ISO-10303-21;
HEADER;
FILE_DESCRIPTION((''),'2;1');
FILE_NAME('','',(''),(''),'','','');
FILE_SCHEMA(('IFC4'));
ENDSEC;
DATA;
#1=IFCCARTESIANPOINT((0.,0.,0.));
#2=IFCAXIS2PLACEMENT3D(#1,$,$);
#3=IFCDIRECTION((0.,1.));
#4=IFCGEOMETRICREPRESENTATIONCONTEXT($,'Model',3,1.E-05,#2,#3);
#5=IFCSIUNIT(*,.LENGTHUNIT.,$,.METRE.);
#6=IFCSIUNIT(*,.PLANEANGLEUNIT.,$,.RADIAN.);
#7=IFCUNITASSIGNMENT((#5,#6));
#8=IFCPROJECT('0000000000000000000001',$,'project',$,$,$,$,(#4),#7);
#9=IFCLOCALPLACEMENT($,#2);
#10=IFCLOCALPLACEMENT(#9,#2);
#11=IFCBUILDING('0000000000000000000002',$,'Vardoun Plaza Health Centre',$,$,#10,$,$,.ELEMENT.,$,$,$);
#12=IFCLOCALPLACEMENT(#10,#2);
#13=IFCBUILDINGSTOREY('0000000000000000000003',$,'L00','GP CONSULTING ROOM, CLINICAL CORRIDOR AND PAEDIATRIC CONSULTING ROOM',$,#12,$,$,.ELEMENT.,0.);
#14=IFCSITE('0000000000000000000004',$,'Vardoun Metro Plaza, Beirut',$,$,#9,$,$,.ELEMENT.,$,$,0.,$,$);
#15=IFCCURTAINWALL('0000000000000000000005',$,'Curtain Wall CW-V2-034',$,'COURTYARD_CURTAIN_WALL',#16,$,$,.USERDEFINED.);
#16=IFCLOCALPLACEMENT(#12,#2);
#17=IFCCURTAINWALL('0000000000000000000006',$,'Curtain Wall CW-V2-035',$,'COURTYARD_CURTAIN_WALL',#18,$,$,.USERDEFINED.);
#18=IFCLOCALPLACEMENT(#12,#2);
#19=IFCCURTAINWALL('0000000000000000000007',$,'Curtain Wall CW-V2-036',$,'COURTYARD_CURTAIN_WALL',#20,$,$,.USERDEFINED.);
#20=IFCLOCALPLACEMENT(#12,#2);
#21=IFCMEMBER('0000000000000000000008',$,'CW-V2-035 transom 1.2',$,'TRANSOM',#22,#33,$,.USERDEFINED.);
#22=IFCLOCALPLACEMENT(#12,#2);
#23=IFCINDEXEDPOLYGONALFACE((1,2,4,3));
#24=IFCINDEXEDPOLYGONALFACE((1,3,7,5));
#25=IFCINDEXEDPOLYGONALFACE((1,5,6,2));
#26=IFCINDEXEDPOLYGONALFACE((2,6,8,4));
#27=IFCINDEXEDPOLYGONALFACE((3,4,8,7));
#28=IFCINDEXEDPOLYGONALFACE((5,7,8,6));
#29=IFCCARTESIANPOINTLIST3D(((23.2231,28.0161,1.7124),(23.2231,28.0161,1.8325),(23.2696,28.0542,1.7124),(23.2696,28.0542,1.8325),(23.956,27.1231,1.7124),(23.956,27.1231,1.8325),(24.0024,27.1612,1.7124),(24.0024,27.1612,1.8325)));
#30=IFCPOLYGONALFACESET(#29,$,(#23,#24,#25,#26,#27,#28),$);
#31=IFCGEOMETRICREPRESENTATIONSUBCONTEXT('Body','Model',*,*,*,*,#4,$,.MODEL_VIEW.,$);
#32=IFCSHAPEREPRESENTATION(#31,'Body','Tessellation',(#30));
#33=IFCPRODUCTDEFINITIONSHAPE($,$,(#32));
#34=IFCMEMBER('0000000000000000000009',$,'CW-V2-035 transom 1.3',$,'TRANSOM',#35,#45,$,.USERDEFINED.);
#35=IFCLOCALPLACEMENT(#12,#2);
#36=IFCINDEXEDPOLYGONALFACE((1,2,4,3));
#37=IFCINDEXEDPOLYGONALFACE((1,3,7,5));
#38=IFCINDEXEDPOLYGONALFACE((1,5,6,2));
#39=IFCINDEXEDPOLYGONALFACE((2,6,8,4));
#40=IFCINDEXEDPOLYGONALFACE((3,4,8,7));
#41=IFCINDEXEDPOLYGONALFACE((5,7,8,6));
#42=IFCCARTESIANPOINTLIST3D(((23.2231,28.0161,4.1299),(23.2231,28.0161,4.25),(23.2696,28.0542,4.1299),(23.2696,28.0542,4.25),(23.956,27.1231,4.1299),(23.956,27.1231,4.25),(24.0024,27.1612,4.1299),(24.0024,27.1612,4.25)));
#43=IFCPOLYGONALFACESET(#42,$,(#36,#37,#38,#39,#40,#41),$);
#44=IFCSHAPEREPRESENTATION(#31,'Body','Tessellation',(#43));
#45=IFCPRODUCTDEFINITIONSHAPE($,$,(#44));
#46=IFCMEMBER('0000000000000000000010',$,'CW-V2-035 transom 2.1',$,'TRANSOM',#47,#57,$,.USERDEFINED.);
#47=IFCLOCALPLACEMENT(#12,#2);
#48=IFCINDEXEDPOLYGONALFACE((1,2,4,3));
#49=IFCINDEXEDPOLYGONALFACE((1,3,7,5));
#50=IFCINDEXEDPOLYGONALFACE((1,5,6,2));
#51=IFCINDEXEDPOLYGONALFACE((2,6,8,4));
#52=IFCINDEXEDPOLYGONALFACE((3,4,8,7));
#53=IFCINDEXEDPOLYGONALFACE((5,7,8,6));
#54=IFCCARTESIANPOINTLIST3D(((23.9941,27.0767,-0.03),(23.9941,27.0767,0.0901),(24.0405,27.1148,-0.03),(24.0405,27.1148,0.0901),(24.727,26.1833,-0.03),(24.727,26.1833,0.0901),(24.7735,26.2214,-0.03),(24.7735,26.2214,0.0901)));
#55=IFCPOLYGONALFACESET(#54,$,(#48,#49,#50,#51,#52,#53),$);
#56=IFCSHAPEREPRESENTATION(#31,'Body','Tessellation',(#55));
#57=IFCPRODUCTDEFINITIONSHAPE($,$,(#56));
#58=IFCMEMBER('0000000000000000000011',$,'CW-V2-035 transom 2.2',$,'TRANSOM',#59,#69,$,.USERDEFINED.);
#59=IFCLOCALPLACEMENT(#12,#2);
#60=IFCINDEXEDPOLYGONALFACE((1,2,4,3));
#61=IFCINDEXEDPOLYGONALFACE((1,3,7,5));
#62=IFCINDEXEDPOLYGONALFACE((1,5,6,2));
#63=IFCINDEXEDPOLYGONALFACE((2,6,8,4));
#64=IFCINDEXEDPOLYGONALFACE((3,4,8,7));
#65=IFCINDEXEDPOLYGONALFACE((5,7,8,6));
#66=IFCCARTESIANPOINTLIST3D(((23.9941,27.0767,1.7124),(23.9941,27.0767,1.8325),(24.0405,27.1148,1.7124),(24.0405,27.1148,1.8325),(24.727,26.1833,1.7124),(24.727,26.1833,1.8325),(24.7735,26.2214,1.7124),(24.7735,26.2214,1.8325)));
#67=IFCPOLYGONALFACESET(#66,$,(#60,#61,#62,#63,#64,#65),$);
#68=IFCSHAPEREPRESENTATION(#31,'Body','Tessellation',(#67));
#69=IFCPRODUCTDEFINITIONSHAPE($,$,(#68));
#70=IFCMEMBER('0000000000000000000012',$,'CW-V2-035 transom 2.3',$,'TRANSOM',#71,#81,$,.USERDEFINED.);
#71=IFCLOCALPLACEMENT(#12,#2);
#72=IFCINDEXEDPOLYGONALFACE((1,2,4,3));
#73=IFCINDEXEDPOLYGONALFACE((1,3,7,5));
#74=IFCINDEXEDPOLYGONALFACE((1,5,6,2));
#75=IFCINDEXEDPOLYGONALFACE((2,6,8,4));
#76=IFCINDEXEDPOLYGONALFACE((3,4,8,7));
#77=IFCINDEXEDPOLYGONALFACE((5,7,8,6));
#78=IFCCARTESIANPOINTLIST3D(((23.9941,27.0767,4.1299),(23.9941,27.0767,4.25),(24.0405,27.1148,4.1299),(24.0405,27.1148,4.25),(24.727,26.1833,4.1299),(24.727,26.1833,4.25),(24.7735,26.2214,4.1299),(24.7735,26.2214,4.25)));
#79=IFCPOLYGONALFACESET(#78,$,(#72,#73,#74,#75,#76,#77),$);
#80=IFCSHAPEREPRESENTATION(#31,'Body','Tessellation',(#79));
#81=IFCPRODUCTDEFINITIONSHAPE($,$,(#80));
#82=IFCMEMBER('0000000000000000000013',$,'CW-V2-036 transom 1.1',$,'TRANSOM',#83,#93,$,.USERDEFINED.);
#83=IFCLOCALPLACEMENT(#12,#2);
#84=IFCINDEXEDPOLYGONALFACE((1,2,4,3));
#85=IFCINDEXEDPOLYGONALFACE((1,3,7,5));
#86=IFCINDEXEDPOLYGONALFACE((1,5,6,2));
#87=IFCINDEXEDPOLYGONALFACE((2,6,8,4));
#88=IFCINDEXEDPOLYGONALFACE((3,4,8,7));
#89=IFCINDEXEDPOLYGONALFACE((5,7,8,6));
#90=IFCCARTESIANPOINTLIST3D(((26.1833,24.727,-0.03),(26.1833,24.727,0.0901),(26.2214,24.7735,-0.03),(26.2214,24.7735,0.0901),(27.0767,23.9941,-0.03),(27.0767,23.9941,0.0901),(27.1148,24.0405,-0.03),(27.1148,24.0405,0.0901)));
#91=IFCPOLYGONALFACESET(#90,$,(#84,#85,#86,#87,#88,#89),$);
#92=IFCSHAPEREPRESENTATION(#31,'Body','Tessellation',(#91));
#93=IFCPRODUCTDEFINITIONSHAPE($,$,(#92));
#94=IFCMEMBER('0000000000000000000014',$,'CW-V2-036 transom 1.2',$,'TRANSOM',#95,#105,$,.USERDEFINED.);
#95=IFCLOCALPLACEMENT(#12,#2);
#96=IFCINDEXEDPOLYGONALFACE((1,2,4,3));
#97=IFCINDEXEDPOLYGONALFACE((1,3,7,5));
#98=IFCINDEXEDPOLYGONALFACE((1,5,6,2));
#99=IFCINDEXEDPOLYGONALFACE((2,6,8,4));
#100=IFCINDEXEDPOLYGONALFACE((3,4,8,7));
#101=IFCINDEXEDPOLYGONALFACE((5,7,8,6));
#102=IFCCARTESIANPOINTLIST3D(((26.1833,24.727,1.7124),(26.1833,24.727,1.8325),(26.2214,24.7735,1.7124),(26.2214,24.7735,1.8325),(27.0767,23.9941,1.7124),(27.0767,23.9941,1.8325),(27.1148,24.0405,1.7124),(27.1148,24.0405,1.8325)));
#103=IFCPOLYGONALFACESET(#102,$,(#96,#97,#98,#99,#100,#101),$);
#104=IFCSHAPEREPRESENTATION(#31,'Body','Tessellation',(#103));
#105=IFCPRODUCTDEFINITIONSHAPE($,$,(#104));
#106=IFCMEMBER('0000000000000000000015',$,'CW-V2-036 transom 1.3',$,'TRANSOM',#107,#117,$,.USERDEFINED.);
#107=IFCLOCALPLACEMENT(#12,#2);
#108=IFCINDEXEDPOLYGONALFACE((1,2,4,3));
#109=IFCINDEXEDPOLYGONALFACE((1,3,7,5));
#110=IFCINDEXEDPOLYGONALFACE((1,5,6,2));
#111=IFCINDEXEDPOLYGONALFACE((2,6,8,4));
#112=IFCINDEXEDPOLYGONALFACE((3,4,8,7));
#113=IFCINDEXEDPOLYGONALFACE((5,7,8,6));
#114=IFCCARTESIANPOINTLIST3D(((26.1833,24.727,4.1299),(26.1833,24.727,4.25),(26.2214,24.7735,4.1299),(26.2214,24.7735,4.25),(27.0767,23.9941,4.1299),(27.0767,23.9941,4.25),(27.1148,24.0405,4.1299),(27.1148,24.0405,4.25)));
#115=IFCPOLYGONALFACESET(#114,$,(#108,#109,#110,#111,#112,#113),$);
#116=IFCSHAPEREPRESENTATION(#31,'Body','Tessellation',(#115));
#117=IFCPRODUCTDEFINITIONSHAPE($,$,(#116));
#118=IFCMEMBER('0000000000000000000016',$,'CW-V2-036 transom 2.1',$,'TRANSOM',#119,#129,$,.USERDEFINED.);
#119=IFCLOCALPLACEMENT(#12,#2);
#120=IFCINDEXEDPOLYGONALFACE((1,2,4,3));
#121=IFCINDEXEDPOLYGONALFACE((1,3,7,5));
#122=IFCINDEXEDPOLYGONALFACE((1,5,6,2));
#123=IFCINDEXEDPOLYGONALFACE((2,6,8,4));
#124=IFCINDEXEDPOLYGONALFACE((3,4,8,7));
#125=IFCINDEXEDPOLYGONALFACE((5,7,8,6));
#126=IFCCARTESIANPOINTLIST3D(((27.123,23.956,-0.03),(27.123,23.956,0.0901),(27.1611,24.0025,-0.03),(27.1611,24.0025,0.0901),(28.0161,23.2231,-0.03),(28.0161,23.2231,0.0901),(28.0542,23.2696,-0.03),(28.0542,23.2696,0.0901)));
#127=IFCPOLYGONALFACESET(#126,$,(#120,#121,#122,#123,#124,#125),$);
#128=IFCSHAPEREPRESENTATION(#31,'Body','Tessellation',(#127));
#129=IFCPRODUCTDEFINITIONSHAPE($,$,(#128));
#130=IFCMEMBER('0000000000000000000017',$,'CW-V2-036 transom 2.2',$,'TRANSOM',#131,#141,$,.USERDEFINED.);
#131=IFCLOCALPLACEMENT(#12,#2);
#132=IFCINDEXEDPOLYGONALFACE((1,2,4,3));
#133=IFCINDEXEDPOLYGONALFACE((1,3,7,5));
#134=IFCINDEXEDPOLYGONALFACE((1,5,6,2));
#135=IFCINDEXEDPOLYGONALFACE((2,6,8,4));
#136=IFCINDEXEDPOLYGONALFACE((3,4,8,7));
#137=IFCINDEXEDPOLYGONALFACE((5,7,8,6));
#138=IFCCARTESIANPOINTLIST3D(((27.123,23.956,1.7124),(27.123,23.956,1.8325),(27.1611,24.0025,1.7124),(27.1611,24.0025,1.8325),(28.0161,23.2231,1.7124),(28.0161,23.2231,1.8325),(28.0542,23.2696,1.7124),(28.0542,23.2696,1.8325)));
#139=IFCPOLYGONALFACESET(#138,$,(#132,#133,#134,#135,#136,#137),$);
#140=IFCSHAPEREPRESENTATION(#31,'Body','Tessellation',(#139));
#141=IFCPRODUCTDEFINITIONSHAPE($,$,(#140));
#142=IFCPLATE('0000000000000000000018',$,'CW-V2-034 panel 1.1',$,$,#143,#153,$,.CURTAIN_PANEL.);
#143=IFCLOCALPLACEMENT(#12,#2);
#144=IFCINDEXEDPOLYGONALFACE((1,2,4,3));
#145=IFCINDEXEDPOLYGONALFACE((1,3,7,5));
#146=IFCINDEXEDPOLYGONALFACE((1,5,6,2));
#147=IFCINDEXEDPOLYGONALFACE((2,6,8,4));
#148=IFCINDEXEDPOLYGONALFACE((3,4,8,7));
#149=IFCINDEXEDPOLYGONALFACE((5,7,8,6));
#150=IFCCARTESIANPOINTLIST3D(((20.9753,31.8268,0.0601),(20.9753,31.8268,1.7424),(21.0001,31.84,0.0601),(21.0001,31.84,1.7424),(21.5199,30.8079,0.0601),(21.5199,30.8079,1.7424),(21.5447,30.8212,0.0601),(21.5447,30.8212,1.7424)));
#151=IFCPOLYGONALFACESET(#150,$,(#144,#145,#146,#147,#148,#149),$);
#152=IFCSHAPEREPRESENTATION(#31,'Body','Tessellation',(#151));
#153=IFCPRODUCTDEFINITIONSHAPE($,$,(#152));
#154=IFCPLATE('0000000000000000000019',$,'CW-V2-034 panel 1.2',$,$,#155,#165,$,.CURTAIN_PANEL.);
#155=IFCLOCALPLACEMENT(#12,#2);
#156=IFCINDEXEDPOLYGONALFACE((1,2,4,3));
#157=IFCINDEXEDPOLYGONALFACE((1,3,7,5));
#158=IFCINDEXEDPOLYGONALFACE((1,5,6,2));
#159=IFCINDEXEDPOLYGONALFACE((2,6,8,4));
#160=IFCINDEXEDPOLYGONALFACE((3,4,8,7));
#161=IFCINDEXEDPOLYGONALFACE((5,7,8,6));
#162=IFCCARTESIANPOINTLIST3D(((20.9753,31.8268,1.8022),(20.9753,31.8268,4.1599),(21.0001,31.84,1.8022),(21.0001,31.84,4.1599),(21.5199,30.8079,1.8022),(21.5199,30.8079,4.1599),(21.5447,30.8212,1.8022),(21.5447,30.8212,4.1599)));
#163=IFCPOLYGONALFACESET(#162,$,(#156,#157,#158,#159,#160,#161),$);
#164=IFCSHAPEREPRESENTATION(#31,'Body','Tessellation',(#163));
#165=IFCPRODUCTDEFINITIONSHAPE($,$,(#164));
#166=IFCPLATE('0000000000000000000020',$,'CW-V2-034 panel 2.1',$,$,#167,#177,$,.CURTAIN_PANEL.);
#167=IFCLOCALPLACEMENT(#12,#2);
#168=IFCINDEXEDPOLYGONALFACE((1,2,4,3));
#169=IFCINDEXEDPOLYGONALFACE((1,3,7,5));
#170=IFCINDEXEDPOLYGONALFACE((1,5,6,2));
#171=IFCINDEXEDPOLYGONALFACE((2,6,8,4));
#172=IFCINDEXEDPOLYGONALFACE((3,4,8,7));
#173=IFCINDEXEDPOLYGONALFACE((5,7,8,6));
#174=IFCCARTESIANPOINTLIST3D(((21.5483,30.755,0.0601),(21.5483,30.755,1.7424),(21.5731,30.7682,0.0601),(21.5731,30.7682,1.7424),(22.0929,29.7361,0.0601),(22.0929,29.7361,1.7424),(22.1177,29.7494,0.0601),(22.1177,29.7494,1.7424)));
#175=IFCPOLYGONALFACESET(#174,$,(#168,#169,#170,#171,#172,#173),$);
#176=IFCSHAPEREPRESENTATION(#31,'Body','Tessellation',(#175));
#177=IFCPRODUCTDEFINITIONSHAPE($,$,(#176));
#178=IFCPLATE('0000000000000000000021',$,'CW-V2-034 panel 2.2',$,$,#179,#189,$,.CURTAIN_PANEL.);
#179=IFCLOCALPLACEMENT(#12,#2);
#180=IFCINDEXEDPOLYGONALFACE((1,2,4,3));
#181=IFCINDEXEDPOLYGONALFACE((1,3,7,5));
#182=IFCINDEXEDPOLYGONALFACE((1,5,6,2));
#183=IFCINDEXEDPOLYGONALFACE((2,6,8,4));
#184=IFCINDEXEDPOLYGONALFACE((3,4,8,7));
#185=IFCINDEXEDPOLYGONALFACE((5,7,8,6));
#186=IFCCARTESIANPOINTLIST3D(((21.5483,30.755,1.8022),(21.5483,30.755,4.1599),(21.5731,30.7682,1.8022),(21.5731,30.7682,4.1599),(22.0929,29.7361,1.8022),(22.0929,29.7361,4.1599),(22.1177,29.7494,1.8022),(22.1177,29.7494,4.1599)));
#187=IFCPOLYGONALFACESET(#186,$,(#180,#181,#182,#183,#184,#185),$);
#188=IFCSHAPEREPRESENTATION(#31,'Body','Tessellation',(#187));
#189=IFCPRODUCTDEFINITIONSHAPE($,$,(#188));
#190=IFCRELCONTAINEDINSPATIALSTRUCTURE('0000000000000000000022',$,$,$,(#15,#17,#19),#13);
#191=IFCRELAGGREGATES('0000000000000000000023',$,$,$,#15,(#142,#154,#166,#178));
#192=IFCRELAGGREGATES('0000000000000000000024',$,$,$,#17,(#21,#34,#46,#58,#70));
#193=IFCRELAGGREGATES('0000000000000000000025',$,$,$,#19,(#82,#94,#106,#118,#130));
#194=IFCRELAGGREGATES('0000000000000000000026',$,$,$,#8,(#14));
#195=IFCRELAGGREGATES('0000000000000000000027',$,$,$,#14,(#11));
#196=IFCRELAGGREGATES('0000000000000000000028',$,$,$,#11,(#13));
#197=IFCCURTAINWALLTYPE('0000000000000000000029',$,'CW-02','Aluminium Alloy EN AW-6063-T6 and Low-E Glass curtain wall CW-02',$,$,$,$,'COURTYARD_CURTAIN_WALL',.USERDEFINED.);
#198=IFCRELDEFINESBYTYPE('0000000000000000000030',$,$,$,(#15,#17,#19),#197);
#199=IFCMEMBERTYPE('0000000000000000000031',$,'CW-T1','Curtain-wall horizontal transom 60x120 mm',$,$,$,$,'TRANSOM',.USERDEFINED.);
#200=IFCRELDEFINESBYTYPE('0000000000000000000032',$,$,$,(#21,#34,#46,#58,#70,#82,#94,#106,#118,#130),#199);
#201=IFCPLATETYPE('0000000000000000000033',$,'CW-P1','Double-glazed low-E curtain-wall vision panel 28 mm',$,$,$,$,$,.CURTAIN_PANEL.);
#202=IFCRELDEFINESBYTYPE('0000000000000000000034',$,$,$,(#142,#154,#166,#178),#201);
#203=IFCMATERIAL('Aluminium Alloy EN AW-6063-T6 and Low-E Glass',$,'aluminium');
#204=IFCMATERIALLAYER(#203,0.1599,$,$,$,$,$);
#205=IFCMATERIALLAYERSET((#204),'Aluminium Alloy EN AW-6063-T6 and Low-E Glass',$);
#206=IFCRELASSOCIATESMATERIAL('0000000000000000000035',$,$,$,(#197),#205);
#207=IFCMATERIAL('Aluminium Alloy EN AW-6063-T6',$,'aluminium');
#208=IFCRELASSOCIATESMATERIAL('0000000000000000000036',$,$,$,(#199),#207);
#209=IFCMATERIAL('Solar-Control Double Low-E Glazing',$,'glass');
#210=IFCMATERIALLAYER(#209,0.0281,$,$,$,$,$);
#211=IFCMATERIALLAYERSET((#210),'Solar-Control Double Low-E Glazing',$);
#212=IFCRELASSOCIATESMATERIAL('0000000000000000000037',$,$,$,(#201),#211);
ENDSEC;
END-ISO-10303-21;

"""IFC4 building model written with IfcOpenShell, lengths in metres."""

from ifc_helpers import new_model, si_unit, direction, frame, origin, origin_2d, place, context, subcontext, project, spatial, rectangle, extrude, material, layer, layer_set, material_profile, profile_set, type_object, element, aggregate, save


model = new_model("IFC4")

# Units and contexts
model_context = context("Model", 3, precision=1e-05, world=origin(), true_north=direction((0.0, 1.0)))
body_context = subcontext(model_context, "Body", "Model", "MODEL_VIEW")
ifc_project = project(units=[si_unit("LENGTHUNIT", "METRE"), si_unit("PLANEANGLEUNIT", "RADIAN")], contexts=[model_context])

# Site, building, storey
site_placement = place(None, origin())
site = spatial("IfcSite", under=ifc_project, at=site_placement, Name="Vardoun Metro Plaza, Beirut", CompositionType="ELEMENT", RefElevation=0.0)
building_placement = place(site_placement, origin())
building = spatial("IfcBuilding", under=site, at=building_placement, Name="Vardoun Plaza Health Centre", CompositionType="ELEMENT")
storey_placement = place(building_placement, origin())
storey = spatial("IfcBuildingStorey", under=building, at=storey_placement, Name="L00", Description="GP CONSULTING ROOM, CLINICAL CORRIDOR AND PAEDIATRIC CONSULTING ROOM", CompositionType="ELEMENT", Elevation=0.0)

# Curtain walls
ifc_material_1 = material(Name="Aluminium Alloy EN AW-6063-T6 and Low-E Glass", Category="aluminium")
ifc_layer_1 = layer(ifc_material_1, 0.1599)
ifc_layer_set_1 = layer_set([ifc_layer_1], Name="Aluminium Alloy EN AW-6063-T6 and Low-E Glass")
curtain_wall_type = type_object("IfcCurtainWallType", Name="CW-02", Description="Aluminium Alloy EN AW-6063-T6 and Low-E Glass curtain wall CW-02", ElementType="COURTYARD_CURTAIN_WALL", PredefinedType="USERDEFINED", material=ifc_layer_set_1)
curtain_wall_1_placement = place(storey_placement, origin())
curtain_wall_1 = element("IfcCurtainWall", 1, at=curtain_wall_1_placement, inside=storey, type_object=curtain_wall_type, Name="Curtain Wall CW-V2-034", ObjectType="COURTYARD_CURTAIN_WALL", PredefinedType="USERDEFINED")
curtain_wall_2_placement = place(storey_placement, origin())
curtain_wall_2 = element("IfcCurtainWall", 2, at=curtain_wall_2_placement, inside=storey, type_object=curtain_wall_type, Name="Curtain Wall CW-V2-035", ObjectType="COURTYARD_CURTAIN_WALL", PredefinedType="USERDEFINED")
curtain_wall_3_placement = place(storey_placement, origin())
curtain_wall_3 = element("IfcCurtainWall", 3, at=curtain_wall_3_placement, inside=storey, type_object=curtain_wall_type, Name="Curtain Wall CW-V2-036", ObjectType="COURTYARD_CURTAIN_WALL", PredefinedType="USERDEFINED")

# Members
ifc_material_2 = material(Name="Aluminium Alloy EN AW-6063-T6", Category="aluminium")
ifc_material_profile_1 = material_profile(ifc_material_2, rectangle(XDim=0.0601, YDim=0.1201, at=origin_2d()), Name="CWT 60x120")
ifc_profile_set_1 = profile_set([ifc_material_profile_1], Name="Aluminium Alloy EN AW-6063-T6")
member_type_1 = type_object("IfcMemberType", Name="CW-T1", Description="Curtain-wall horizontal transom 60x120 mm", ElementType="TRANSOM", PredefinedType="USERDEFINED", material=ifc_profile_set_1)
member_1_placement = place(storey_placement, frame((23.2463, 28.0352, 1.7725), z_axis=(0.634388, -0.773015, 0.0), x_axis=(0.773015, 0.634388, 0.0)))
member_1 = element("IfcMember", 4, at=member_1_placement, type_object=member_type_1, Name="CW-V2-035 transom 1.2", ObjectType="TRANSOM", PredefinedType="USERDEFINED", context=body_context, shape_type="SweptSolid", body=[
    extrude(rectangle(XDim=0.0601, YDim=0.1201, at=origin_2d()), origin(), (0.0, 0.0, 1.0), 1.1553),
])
member_2_placement = place(storey_placement, frame((23.2463, 28.0352, 4.1899), z_axis=(0.634388, -0.773015, 0.0), x_axis=(0.773015, 0.634388, 0.0)))
member_2 = element("IfcMember", 5, at=member_2_placement, type_object=member_type_1, Name="CW-V2-035 transom 1.3", ObjectType="TRANSOM", PredefinedType="USERDEFINED", context=body_context, shape_type="SweptSolid", body=[
    extrude(rectangle(XDim=0.0601, YDim=0.1201, at=origin_2d()), origin(), (0.0, 0.0, 1.0), 1.1553),
])
member_3_placement = place(storey_placement, frame((24.0173, 27.0957, 0.03), z_axis=(0.634284, -0.7731, 0.0), x_axis=(0.7731, 0.634284, 0.0)))
member_3 = element("IfcMember", 6, at=member_3_placement, type_object=member_type_1, Name="CW-V2-035 transom 2.1", ObjectType="TRANSOM", PredefinedType="USERDEFINED", context=body_context, shape_type="SweptSolid", body=[
    extrude(rectangle(XDim=0.0601, YDim=0.1201, at=origin_2d()), origin(), (0.0, 0.0, 1.0), 1.1555),
])
member_4_placement = place(storey_placement, frame((24.0173, 27.0957, 1.7725), z_axis=(0.634284, -0.7731, 0.0), x_axis=(0.7731, 0.634284, 0.0)))
member_4 = element("IfcMember", 7, at=member_4_placement, type_object=member_type_1, Name="CW-V2-035 transom 2.2", ObjectType="TRANSOM", PredefinedType="USERDEFINED", context=body_context, shape_type="SweptSolid", body=[
    extrude(rectangle(XDim=0.0601, YDim=0.1201, at=origin_2d()), origin(), (0.0, 0.0, 1.0), 1.1555),
])
member_5_placement = place(storey_placement, frame((24.0173, 27.0957, 4.1899), z_axis=(0.634284, -0.7731, 0.0), x_axis=(0.7731, 0.634284, 0.0)))
member_5 = element("IfcMember", 8, at=member_5_placement, type_object=member_type_1, Name="CW-V2-035 transom 2.3", ObjectType="TRANSOM", PredefinedType="USERDEFINED", context=body_context, shape_type="SweptSolid", body=[
    extrude(rectangle(XDim=0.0601, YDim=0.1201, at=origin_2d()), origin(), (0.0, 0.0, 1.0), 1.1555),
])
member_6_placement = place(storey_placement, frame((26.2024, 24.7502, 0.03), z_axis=(0.7731, -0.634284, 0.0), x_axis=(0.634284, 0.7731, 0.0)))
member_6 = element("IfcMember", 9, at=member_6_placement, type_object=member_type_1, Name="CW-V2-036 transom 1.1", ObjectType="TRANSOM", PredefinedType="USERDEFINED", context=body_context, shape_type="SweptSolid", body=[
    extrude(rectangle(XDim=0.0601, YDim=0.1201, at=origin_2d()), origin(), (0.0, 0.0, 1.0), 1.1555),
])
member_7_placement = place(storey_placement, frame((26.2024, 24.7502, 1.7725), z_axis=(0.7731, -0.634284, 0.0), x_axis=(0.634284, 0.7731, 0.0)))
member_7 = element("IfcMember", 10, at=member_7_placement, type_object=member_type_1, Name="CW-V2-036 transom 1.2", ObjectType="TRANSOM", PredefinedType="USERDEFINED", context=body_context, shape_type="SweptSolid", body=[
    extrude(rectangle(XDim=0.0601, YDim=0.1201, at=origin_2d()), origin(), (0.0, 0.0, 1.0), 1.1555),
])
member_8_placement = place(storey_placement, frame((26.2024, 24.7502, 4.1899), z_axis=(0.7731, -0.634284, 0.0), x_axis=(0.634284, 0.7731, 0.0)))
member_8 = element("IfcMember", 11, at=member_8_placement, type_object=member_type_1, Name="CW-V2-036 transom 1.3", ObjectType="TRANSOM", PredefinedType="USERDEFINED", context=body_context, shape_type="SweptSolid", body=[
    extrude(rectangle(XDim=0.0601, YDim=0.1201, at=origin_2d()), origin(), (0.0, 0.0, 1.0), 1.1555),
])
member_9_placement = place(storey_placement, frame((27.1421, 23.9792, 0.03), z_axis=(0.773015, -0.634388, 0.0), x_axis=(0.634388, 0.773015, 0.0)))
member_9 = element("IfcMember", 12, at=member_9_placement, type_object=member_type_1, Name="CW-V2-036 transom 2.1", ObjectType="TRANSOM", PredefinedType="USERDEFINED", context=body_context, shape_type="SweptSolid", body=[
    extrude(rectangle(XDim=0.0601, YDim=0.1201, at=origin_2d()), origin(), (0.0, 0.0, 1.0), 1.1553),
])
member_10_placement = place(storey_placement, frame((27.1421, 23.9792, 1.7725), z_axis=(0.773015, -0.634388, 0.0), x_axis=(0.634388, 0.773015, 0.0)))
member_10 = element("IfcMember", 13, at=member_10_placement, type_object=member_type_1, Name="CW-V2-036 transom 2.2", ObjectType="TRANSOM", PredefinedType="USERDEFINED", context=body_context, shape_type="SweptSolid", body=[
    extrude(rectangle(XDim=0.0601, YDim=0.1201, at=origin_2d()), origin(), (0.0, 0.0, 1.0), 1.1553),
])

# Plates
ifc_material_3 = material(Name="Solar-Control Double Low-E Glazing", Category="glass")
ifc_layer_2 = layer(ifc_material_3, 0.0281)
ifc_layer_set_2 = layer_set([ifc_layer_2], Name="Solar-Control Double Low-E Glazing")
plate_type = type_object("IfcPlateType", Name="CW-P1", Description="Double-glazed low-E curtain-wall vision panel 28 mm", PredefinedType="CURTAIN_PANEL", material=ifc_layer_set_2)
plate_1_placement = place(storey_placement, frame((21.26, 31.324, 0.0601), z_axis=(0.0, 0.0, 1.0), x_axis=(0.471395, -0.881922, 0.0)))
plate_1 = element("IfcPlate", 14, at=plate_1_placement, type_object=plate_type, Name="CW-V2-034 panel 1.1", PredefinedType="CURTAIN_PANEL", context=body_context, shape_type="SweptSolid", body=[
    extrude(rectangle(XDim=1.1553, YDim=0.0281, at=origin_2d()), origin(), (0.0, 0.0, 1.0), 1.6824),
])
plate_2_placement = place(storey_placement, frame((21.26, 31.324, 1.8022), z_axis=(0.0, 0.0, 1.0), x_axis=(0.471395, -0.881922, 0.0)))
plate_2 = element("IfcPlate", 15, at=plate_2_placement, type_object=plate_type, Name="CW-V2-034 panel 1.2", PredefinedType="CURTAIN_PANEL", context=body_context, shape_type="SweptSolid", body=[
    extrude(rectangle(XDim=1.1553, YDim=0.0281, at=origin_2d()), origin(), (0.0, 0.0, 1.0), 2.3577),
])
plate_3_placement = place(storey_placement, frame((21.833, 30.2522, 0.0601), z_axis=(0.0, 0.0, 1.0), x_axis=(0.471395, -0.881922, 0.0)))
plate_3 = element("IfcPlate", 16, at=plate_3_placement, type_object=plate_type, Name="CW-V2-034 panel 2.1", PredefinedType="CURTAIN_PANEL", context=body_context, shape_type="SweptSolid", body=[
    extrude(rectangle(XDim=1.1553, YDim=0.0281, at=origin_2d()), origin(), (0.0, 0.0, 1.0), 1.6824),
])
plate_4_placement = place(storey_placement, frame((21.833, 30.2522, 1.8022), z_axis=(0.0, 0.0, 1.0), x_axis=(0.471395, -0.881922, 0.0)))
plate_4 = element("IfcPlate", 17, at=plate_4_placement, type_object=plate_type, Name="CW-V2-034 panel 2.2", PredefinedType="CURTAIN_PANEL", context=body_context, shape_type="SweptSolid", body=[
    extrude(rectangle(XDim=1.1553, YDim=0.0281, at=origin_2d()), origin(), (0.0, 0.0, 1.0), 2.3577),
])
aggregate(curtain_wall_1, [plate_1, plate_2, plate_3, plate_4])
aggregate(curtain_wall_2, [member_1, member_2, member_3, member_4, member_5])
aggregate(curtain_wall_3, [member_6, member_7, member_8, member_9, member_10])

save(model, "model.ifc")
